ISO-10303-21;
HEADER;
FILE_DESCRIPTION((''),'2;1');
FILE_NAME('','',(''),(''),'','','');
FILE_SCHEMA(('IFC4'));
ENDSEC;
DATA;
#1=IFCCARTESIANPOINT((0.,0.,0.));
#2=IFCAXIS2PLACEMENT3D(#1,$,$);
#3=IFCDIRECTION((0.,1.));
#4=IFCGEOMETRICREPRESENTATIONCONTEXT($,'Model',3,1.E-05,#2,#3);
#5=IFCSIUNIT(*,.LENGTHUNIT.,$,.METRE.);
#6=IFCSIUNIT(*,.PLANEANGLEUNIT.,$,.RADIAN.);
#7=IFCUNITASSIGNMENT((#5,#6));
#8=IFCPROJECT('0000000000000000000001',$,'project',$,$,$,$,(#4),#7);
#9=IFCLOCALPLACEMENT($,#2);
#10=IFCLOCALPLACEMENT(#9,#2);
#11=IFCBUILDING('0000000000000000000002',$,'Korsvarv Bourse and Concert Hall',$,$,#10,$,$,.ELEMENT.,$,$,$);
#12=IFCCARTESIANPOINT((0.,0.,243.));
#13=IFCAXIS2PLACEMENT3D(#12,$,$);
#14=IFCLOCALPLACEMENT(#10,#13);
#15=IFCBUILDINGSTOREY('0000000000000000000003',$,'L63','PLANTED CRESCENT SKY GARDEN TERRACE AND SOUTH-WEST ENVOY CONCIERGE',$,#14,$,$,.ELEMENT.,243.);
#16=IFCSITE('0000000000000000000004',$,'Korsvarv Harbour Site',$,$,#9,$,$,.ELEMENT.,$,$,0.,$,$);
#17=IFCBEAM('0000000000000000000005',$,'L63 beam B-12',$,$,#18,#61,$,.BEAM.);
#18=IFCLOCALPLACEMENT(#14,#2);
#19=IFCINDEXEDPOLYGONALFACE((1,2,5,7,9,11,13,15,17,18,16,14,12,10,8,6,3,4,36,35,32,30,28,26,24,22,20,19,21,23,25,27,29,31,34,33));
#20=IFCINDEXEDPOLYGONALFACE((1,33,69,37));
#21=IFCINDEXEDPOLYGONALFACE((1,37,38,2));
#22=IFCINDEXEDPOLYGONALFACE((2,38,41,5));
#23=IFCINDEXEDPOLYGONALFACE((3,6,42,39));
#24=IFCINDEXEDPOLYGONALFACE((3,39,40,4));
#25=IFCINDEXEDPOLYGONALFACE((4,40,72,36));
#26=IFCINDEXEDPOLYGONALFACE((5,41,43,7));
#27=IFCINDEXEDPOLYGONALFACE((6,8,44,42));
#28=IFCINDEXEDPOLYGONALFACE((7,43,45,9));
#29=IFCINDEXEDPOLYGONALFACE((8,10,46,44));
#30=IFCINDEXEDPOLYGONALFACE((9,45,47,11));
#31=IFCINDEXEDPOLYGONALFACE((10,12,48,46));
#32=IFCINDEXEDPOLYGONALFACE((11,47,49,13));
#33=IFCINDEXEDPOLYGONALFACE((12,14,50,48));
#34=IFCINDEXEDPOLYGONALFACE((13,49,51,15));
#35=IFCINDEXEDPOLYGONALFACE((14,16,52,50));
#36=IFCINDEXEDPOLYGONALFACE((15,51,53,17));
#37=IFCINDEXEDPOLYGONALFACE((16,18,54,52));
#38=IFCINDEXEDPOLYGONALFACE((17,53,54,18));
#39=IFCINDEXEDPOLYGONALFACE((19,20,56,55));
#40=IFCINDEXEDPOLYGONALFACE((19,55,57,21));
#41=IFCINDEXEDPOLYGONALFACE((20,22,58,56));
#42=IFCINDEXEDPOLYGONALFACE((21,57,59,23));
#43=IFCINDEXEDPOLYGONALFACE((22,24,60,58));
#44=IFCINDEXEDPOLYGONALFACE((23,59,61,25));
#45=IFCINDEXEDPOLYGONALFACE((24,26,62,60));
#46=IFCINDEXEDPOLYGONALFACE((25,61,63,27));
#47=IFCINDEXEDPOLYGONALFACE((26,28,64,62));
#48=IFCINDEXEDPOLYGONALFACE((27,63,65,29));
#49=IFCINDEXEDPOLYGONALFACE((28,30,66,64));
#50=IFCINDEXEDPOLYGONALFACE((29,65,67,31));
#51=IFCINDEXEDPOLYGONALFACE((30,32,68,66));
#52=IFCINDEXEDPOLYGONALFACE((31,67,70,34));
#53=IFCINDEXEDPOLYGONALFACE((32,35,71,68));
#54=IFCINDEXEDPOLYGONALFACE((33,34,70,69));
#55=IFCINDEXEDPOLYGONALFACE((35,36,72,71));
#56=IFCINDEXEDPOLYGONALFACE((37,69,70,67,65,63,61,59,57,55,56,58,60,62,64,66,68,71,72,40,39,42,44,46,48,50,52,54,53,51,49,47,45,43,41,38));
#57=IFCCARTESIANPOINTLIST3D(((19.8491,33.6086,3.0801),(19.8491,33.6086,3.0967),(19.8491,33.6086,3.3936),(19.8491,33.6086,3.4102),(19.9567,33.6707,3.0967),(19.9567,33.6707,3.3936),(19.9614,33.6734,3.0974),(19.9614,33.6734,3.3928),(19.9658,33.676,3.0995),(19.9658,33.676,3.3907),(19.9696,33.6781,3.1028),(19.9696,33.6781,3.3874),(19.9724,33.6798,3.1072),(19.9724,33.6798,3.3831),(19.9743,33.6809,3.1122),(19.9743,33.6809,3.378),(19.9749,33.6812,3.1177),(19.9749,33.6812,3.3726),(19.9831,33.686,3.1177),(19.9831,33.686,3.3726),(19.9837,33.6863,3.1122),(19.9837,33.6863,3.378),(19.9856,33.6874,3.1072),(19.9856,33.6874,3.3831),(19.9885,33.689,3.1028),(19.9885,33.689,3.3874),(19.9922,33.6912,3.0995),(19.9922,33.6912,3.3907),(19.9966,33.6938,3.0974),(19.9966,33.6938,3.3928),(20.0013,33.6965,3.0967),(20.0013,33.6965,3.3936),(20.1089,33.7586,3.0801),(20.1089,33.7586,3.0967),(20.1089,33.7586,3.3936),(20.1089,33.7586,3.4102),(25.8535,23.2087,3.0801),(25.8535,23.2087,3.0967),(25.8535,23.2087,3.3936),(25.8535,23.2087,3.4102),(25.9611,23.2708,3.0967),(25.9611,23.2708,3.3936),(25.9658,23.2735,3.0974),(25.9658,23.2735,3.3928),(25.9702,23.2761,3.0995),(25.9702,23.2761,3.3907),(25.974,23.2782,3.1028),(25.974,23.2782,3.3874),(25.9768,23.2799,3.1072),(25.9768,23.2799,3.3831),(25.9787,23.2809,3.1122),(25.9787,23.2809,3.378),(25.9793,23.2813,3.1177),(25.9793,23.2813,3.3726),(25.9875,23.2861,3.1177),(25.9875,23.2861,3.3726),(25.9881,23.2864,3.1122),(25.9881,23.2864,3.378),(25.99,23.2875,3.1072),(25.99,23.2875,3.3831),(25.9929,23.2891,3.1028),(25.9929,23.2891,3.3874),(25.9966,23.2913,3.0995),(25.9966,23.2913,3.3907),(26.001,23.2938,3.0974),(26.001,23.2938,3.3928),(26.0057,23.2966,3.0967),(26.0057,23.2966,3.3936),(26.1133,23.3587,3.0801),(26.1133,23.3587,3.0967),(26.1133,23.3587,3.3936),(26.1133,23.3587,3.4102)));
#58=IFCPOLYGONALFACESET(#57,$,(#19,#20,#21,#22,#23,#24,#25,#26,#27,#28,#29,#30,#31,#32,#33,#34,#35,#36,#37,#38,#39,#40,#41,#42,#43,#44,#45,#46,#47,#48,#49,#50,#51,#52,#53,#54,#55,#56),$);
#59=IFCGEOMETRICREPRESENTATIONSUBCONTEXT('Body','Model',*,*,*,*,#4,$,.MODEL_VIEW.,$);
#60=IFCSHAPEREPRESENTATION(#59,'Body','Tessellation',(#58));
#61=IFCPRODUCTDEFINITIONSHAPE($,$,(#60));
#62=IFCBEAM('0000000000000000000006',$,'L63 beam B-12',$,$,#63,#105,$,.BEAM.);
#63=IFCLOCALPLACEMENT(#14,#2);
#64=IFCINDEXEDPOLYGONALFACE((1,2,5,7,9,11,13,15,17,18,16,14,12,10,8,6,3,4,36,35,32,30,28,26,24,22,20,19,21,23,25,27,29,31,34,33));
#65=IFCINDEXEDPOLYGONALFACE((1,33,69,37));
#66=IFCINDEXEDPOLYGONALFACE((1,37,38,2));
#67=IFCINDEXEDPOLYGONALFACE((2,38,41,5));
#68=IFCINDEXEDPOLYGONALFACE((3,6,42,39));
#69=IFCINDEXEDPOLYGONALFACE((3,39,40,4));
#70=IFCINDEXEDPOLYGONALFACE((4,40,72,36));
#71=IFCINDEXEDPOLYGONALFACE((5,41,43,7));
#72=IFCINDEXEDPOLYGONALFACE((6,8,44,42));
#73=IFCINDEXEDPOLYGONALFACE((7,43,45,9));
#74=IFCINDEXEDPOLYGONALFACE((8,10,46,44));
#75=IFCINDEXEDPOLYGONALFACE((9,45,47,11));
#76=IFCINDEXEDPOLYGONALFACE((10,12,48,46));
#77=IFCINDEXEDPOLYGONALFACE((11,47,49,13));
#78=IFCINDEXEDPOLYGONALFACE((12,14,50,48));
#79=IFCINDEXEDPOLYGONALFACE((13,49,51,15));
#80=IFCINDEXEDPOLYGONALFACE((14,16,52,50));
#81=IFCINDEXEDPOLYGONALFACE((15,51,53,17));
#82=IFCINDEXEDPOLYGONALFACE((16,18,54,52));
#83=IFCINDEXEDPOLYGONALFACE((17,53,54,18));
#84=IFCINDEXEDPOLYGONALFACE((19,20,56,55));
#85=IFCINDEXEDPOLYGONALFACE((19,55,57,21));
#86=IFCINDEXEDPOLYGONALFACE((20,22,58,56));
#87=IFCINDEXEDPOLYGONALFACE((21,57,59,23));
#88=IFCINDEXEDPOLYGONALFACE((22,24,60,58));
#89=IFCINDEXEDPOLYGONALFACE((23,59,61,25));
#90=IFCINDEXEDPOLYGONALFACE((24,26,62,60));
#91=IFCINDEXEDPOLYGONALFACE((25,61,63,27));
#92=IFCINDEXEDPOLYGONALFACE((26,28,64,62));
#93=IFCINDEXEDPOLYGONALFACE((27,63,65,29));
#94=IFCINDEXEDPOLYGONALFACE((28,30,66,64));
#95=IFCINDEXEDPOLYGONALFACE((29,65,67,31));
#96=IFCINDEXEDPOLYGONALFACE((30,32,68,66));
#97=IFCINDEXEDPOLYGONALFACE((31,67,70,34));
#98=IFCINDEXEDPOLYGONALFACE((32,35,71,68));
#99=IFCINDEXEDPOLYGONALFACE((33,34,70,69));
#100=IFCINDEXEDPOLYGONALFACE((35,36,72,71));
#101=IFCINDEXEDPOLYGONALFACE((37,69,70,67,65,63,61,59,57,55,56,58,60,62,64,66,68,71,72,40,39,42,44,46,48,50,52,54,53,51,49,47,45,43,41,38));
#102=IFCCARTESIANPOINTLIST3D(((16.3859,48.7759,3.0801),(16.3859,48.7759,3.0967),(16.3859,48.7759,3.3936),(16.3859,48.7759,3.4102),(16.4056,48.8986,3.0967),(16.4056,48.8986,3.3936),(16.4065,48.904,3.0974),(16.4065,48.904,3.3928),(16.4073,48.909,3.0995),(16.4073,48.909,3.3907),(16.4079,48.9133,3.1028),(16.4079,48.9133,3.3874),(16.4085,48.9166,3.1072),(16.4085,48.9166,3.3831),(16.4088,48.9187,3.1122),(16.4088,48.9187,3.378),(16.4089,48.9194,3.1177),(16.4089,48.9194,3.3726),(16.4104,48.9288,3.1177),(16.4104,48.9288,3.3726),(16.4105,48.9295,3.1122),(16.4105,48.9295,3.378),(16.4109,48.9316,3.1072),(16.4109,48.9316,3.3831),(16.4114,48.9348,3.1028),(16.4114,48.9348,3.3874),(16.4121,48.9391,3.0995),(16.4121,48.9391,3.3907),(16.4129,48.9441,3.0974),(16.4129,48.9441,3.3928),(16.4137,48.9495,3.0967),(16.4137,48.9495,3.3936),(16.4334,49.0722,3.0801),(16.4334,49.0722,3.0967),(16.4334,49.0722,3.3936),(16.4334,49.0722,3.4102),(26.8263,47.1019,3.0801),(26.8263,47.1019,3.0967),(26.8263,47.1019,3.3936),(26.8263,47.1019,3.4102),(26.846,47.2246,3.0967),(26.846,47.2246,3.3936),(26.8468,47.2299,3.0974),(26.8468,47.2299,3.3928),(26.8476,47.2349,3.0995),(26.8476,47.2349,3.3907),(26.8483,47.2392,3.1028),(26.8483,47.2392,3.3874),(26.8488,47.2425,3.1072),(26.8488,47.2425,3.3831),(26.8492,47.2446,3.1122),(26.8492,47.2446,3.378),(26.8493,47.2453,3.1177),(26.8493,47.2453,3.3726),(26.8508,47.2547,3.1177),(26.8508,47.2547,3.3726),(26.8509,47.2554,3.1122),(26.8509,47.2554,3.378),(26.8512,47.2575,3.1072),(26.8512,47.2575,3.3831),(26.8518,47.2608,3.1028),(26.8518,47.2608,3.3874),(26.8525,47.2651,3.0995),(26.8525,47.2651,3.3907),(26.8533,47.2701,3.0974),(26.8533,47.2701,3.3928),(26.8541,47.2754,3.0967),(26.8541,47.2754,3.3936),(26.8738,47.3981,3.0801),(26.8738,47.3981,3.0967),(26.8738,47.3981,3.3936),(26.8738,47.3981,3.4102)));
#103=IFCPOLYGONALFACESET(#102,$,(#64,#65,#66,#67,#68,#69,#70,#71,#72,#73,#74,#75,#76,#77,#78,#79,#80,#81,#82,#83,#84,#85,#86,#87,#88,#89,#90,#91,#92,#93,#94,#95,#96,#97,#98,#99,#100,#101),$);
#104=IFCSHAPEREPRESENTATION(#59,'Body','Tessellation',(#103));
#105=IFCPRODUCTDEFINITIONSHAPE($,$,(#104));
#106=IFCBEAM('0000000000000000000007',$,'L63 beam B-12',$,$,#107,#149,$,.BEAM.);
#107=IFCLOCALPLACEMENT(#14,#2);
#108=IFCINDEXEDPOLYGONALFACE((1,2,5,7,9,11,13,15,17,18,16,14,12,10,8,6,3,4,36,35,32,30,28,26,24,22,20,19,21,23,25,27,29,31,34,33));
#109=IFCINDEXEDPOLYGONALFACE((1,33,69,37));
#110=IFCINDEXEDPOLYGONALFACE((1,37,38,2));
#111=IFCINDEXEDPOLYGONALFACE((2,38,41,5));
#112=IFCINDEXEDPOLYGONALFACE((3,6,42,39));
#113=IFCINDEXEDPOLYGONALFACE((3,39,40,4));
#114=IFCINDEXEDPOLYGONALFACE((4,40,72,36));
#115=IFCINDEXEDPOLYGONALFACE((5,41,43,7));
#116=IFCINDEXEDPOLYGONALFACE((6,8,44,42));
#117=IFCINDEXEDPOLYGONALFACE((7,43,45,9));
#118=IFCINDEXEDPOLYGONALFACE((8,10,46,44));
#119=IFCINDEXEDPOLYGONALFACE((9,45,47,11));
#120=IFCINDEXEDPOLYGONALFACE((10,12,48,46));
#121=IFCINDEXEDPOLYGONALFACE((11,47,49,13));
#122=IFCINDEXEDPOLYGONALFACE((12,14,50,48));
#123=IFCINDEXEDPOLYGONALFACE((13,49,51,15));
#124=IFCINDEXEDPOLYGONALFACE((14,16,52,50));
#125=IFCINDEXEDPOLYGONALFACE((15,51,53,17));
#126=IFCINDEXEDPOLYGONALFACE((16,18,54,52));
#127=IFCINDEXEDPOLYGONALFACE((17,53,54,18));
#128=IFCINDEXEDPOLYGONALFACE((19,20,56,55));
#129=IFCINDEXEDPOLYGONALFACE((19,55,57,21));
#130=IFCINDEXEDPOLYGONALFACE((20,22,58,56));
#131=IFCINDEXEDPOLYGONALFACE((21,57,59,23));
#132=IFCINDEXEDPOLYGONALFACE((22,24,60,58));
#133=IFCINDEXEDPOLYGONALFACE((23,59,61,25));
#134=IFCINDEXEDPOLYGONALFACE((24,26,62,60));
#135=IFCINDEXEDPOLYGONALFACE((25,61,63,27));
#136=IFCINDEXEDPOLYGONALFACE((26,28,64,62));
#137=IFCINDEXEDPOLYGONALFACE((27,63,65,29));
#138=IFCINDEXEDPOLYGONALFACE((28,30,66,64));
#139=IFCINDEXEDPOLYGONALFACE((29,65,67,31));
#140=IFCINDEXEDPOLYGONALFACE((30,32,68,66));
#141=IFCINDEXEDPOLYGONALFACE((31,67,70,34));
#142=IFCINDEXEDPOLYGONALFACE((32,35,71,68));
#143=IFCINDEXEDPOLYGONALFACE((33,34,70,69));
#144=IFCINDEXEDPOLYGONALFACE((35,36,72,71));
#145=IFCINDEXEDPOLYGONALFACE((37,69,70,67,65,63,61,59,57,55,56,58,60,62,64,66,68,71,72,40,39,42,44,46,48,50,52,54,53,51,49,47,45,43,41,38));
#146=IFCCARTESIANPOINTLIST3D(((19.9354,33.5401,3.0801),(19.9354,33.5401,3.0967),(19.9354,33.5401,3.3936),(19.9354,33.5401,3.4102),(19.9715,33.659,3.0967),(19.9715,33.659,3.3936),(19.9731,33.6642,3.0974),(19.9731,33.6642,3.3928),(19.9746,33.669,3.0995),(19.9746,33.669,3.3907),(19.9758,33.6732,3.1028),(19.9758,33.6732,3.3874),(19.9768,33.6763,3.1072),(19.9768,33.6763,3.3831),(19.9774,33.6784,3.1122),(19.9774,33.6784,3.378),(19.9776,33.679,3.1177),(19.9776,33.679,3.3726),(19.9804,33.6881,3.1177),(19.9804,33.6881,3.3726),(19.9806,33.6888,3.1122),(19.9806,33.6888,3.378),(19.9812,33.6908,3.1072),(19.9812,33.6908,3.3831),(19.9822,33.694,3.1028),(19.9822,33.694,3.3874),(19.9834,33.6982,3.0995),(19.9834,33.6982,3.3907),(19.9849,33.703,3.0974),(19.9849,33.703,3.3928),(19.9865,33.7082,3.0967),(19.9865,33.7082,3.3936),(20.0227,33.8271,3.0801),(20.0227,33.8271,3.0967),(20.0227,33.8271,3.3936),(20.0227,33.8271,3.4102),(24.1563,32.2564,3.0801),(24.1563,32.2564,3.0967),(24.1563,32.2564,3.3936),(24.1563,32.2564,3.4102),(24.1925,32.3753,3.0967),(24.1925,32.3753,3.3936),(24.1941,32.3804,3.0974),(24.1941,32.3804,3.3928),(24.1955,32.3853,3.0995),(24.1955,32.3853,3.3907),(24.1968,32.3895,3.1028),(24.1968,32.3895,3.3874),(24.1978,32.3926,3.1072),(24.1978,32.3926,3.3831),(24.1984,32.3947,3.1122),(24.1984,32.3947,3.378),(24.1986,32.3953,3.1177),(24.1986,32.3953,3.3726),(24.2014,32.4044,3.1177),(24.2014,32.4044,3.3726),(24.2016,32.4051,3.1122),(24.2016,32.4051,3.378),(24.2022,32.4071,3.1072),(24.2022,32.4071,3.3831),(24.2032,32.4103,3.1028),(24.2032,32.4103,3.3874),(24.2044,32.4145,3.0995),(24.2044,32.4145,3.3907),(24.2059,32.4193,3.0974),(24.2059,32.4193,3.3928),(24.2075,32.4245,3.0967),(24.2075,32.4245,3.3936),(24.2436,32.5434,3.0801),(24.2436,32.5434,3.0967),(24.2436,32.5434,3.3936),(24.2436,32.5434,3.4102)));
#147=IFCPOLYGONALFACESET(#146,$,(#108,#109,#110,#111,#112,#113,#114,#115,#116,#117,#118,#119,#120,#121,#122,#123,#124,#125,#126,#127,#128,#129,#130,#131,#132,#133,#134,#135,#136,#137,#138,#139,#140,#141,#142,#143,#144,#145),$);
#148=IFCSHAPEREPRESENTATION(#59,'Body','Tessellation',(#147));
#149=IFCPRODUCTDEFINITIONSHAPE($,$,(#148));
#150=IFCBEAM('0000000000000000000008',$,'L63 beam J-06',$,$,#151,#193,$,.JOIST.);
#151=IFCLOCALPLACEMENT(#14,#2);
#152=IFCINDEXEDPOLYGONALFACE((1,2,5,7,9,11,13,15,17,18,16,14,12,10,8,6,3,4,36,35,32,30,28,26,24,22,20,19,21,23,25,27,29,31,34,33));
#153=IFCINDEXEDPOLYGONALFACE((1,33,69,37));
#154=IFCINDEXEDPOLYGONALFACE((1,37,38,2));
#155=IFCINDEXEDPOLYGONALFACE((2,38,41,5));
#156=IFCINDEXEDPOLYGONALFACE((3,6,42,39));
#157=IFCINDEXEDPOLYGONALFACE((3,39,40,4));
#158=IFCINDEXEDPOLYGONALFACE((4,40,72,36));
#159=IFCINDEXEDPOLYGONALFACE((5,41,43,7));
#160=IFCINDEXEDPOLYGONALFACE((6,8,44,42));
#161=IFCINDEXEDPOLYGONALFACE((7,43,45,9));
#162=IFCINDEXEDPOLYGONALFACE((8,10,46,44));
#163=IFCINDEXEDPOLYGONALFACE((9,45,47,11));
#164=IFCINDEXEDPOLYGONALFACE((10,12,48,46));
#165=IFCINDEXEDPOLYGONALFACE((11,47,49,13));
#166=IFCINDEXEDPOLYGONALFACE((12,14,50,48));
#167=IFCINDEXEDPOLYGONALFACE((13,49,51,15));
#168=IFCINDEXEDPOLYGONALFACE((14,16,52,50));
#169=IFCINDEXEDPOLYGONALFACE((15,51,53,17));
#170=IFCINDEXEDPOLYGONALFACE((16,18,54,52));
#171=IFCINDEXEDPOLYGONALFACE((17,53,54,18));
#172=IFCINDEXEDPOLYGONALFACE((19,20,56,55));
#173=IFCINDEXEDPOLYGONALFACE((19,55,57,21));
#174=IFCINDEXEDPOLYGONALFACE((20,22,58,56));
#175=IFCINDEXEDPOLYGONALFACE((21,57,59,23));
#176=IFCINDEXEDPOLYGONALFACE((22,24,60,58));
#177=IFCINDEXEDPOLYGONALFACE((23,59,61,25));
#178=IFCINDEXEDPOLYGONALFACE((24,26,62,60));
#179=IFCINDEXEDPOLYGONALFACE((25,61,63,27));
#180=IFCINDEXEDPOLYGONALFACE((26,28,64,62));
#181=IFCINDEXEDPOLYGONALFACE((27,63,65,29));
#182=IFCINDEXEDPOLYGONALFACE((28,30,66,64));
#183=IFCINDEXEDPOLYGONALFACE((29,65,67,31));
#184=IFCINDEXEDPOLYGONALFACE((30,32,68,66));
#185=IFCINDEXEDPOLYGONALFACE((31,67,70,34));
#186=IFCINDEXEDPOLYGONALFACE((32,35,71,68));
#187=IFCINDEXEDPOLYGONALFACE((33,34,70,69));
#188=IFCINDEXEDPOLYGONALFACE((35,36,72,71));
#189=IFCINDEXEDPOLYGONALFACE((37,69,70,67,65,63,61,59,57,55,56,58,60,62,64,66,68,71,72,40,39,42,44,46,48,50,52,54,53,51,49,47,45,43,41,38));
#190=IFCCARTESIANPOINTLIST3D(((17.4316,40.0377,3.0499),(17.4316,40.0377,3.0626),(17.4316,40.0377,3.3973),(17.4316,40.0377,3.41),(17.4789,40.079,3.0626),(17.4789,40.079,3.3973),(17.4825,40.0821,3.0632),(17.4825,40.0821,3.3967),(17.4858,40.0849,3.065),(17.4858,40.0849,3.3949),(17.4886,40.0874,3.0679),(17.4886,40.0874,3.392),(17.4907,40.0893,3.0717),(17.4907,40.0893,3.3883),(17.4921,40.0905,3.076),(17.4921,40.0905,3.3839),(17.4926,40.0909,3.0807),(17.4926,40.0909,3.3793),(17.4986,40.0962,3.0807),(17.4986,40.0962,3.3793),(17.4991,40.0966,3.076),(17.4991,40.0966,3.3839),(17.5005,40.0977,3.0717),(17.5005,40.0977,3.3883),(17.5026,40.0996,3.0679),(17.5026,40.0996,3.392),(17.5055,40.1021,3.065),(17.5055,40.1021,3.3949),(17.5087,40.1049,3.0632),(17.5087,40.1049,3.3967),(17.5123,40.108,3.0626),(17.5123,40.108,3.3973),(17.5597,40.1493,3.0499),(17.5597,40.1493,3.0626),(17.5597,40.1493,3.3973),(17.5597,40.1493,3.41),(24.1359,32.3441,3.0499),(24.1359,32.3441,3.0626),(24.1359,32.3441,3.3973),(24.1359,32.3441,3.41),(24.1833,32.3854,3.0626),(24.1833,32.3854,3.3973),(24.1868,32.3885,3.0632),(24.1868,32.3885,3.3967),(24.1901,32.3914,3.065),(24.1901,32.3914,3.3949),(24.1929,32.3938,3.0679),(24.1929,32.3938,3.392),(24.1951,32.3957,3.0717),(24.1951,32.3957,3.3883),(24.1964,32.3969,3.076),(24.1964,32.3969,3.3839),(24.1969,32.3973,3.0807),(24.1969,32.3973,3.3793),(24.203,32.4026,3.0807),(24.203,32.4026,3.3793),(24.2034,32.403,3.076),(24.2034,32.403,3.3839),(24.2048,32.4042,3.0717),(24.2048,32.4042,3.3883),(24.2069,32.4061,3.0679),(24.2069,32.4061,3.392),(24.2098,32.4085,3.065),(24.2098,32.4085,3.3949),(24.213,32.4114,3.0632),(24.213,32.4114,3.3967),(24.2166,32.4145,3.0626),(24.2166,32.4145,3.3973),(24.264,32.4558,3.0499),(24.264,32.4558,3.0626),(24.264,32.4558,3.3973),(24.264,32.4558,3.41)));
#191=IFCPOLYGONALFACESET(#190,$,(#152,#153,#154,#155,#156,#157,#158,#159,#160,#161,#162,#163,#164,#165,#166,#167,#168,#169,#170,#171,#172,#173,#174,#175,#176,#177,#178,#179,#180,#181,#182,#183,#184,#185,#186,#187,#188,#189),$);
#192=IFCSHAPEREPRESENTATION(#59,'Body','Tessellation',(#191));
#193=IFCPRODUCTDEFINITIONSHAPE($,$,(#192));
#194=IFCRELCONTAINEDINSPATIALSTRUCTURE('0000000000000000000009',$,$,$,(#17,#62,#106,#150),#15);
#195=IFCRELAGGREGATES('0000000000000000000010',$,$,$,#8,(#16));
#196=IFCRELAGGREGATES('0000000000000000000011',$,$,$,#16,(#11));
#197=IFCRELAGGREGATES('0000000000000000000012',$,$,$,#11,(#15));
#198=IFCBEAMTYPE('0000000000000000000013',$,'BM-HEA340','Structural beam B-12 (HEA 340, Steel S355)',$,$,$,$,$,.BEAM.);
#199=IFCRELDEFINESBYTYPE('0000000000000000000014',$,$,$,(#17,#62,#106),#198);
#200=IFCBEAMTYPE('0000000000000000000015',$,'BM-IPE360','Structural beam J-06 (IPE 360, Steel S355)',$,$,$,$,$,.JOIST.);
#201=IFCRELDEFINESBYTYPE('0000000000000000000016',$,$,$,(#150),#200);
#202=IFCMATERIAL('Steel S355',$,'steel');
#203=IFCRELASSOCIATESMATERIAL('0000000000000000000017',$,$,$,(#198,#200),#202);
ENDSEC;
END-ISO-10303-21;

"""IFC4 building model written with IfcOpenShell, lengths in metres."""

from ifc_helpers import new_model, si_unit, direction, frame, origin, origin_2d, place, context, subcontext, project, spatial, i_section, extrude, source, transform, mapped, material, material_profile, profile_set, type_object, element, save


model = new_model("IFC4")

# Units and contexts
model_context = context("Model", 3, precision=1e-05, world=origin(), true_north=direction((0.0, 1.0)))
body_context = subcontext(model_context, "Body", "Model", "MODEL_VIEW")
ifc_project = project(units=[si_unit("LENGTHUNIT", "METRE"), si_unit("PLANEANGLEUNIT", "RADIAN")], contexts=[model_context])

# Site, building, storey
site_placement = place(None, origin())
site = spatial("IfcSite", under=ifc_project, at=site_placement, Name="Korsvarv Harbour Site", CompositionType="ELEMENT", RefElevation=0.0)
building_placement = place(site_placement, origin())
building = spatial("IfcBuilding", under=site, at=building_placement, Name="Korsvarv Bourse and Concert Hall", CompositionType="ELEMENT")
storey_placement = place(building_placement, frame((0.0, 0.0, 243.0)))
storey = spatial("IfcBuildingStorey", under=building, at=storey_placement, Name="L63", Description="PLANTED CRESCENT SKY GARDEN TERRACE AND SOUTH-WEST ENVOY CONCIERGE", CompositionType="ELEMENT", Elevation=243.0)

# Beams
ifc_material_1 = material(Name="Steel S355", Category="steel")
ifc_material_profile_1 = material_profile(ifc_material_1, i_section(OverallWidth=0.3, OverallDepth=0.3301, WebThickness=0.0095, FlangeThickness=0.0166, FilletRadius=0.021, at=origin_2d()), Name="HEA 340")
ifc_profile_set_1 = profile_set([ifc_material_profile_1], Name="Steel S355")
beam_type_1 = type_object("IfcBeamType", Name="BM-HEA340", Description="Structural beam B-12 (HEA 340, Steel S355)", PredefinedType="BEAM", material=ifc_profile_set_1)
shared_shape_1 = source(origin(), body_context, "Body", "SweptSolid", [
    extrude(i_section(OverallWidth=0.3, OverallDepth=0.3301, WebThickness=0.0095, FlangeThickness=0.0166, FilletRadius=0.021, at=origin_2d()), origin(), (0.0, 0.0, 1.0), 12.0088),
])
beam_1_placement = place(storey_placement, frame((19.979, 33.6836, 3.2451), z_axis=(0.500001, -0.866025, 0.0), x_axis=(0.866025, 0.500001, 0.0)))
element("IfcBeam", 1, at=beam_1_placement, inside=storey, type_object=beam_type_1, Name="L63 beam B-12", PredefinedType="BEAM", context=body_context, shape_type="MappedRepresentation", body=[
    mapped(shared_shape_1, transform((0.0, 0.0, 0.0), scale=1.0)),
])
shared_shape_2 = source(origin(), body_context, "Body", "SweptSolid", [
    extrude(i_section(OverallWidth=0.3, OverallDepth=0.3301, WebThickness=0.0095, FlangeThickness=0.0166, FilletRadius=0.021, at=origin_2d()), origin(), (0.0, 0.0, 1.0), 10.5737),
])
beam_2_placement = place(storey_placement, frame((16.4097, 48.9241, 3.2451), z_axis=(0.987387, -0.158323, 0.0), x_axis=(0.158323, 0.987387, 0.0)))
element("IfcBeam", 2, at=beam_2_placement, inside=storey, type_object=beam_type_1, Name="L63 beam B-12", PredefinedType="BEAM", context=body_context, shape_type="MappedRepresentation", body=[
    mapped(shared_shape_2, transform((0.0, 0.0, 0.0), scale=1.0)),
])
shared_shape_3 = source(origin(), body_context, "Body", "SweptSolid", [
    extrude(i_section(OverallWidth=0.3, OverallDepth=0.3301, WebThickness=0.0095, FlangeThickness=0.0166, FilletRadius=0.021, at=origin_2d()), origin(), (0.0, 0.0, 1.0), 4.4119),
])
beam_3_placement = place(storey_placement, frame((19.979, 33.6836, 3.2451), z_axis=(0.956734, -0.290966, 0.0), x_axis=(0.290966, 0.956734, 0.0)))
element("IfcBeam", 3, at=beam_3_placement, inside=storey, type_object=beam_type_1, Name="L63 beam B-12", PredefinedType="BEAM", context=body_context, shape_type="MappedRepresentation", body=[
    mapped(shared_shape_3, transform((0.0, 0.0, 0.0), scale=1.0)),
])
ifc_material_profile_2 = material_profile(ifc_material_1, i_section(OverallWidth=0.1699, OverallDepth=0.3601, WebThickness=0.0081, FlangeThickness=0.0127, FilletRadius=0.0181, at=origin_2d()), Name="IPE 360")
ifc_profile_set_2 = profile_set([ifc_material_profile_2], Name="Steel S355")
beam_type_2 = type_object("IfcBeamType", Name="BM-IPE360", Description="Structural beam J-06 (IPE 360, Steel S355)", PredefinedType="JOIST", material=ifc_profile_set_2)
shared_shape_4 = source(origin(), body_context, "Body", "SweptSolid", [
    extrude(i_section(OverallWidth=0.1699, OverallDepth=0.3601, WebThickness=0.0081, FlangeThickness=0.0127, FilletRadius=0.0181, at=origin_2d()), origin(), (0.0, 0.0, 1.0), 10.2048),
])
beam_4_placement = place(storey_placement, frame((17.4956, 40.0935, 3.23), z_axis=(0.656974, -0.753913, 0.0), x_axis=(0.753913, 0.656974, 0.0)))
element("IfcBeam", 4, at=beam_4_placement, inside=storey, type_object=beam_type_2, Name="L63 beam J-06", PredefinedType="JOIST", context=body_context, shape_type="MappedRepresentation", body=[
    mapped(shared_shape_4, transform((0.0, 0.0, 0.0), scale=1.0)),
])

save(model, "model.ifc")
